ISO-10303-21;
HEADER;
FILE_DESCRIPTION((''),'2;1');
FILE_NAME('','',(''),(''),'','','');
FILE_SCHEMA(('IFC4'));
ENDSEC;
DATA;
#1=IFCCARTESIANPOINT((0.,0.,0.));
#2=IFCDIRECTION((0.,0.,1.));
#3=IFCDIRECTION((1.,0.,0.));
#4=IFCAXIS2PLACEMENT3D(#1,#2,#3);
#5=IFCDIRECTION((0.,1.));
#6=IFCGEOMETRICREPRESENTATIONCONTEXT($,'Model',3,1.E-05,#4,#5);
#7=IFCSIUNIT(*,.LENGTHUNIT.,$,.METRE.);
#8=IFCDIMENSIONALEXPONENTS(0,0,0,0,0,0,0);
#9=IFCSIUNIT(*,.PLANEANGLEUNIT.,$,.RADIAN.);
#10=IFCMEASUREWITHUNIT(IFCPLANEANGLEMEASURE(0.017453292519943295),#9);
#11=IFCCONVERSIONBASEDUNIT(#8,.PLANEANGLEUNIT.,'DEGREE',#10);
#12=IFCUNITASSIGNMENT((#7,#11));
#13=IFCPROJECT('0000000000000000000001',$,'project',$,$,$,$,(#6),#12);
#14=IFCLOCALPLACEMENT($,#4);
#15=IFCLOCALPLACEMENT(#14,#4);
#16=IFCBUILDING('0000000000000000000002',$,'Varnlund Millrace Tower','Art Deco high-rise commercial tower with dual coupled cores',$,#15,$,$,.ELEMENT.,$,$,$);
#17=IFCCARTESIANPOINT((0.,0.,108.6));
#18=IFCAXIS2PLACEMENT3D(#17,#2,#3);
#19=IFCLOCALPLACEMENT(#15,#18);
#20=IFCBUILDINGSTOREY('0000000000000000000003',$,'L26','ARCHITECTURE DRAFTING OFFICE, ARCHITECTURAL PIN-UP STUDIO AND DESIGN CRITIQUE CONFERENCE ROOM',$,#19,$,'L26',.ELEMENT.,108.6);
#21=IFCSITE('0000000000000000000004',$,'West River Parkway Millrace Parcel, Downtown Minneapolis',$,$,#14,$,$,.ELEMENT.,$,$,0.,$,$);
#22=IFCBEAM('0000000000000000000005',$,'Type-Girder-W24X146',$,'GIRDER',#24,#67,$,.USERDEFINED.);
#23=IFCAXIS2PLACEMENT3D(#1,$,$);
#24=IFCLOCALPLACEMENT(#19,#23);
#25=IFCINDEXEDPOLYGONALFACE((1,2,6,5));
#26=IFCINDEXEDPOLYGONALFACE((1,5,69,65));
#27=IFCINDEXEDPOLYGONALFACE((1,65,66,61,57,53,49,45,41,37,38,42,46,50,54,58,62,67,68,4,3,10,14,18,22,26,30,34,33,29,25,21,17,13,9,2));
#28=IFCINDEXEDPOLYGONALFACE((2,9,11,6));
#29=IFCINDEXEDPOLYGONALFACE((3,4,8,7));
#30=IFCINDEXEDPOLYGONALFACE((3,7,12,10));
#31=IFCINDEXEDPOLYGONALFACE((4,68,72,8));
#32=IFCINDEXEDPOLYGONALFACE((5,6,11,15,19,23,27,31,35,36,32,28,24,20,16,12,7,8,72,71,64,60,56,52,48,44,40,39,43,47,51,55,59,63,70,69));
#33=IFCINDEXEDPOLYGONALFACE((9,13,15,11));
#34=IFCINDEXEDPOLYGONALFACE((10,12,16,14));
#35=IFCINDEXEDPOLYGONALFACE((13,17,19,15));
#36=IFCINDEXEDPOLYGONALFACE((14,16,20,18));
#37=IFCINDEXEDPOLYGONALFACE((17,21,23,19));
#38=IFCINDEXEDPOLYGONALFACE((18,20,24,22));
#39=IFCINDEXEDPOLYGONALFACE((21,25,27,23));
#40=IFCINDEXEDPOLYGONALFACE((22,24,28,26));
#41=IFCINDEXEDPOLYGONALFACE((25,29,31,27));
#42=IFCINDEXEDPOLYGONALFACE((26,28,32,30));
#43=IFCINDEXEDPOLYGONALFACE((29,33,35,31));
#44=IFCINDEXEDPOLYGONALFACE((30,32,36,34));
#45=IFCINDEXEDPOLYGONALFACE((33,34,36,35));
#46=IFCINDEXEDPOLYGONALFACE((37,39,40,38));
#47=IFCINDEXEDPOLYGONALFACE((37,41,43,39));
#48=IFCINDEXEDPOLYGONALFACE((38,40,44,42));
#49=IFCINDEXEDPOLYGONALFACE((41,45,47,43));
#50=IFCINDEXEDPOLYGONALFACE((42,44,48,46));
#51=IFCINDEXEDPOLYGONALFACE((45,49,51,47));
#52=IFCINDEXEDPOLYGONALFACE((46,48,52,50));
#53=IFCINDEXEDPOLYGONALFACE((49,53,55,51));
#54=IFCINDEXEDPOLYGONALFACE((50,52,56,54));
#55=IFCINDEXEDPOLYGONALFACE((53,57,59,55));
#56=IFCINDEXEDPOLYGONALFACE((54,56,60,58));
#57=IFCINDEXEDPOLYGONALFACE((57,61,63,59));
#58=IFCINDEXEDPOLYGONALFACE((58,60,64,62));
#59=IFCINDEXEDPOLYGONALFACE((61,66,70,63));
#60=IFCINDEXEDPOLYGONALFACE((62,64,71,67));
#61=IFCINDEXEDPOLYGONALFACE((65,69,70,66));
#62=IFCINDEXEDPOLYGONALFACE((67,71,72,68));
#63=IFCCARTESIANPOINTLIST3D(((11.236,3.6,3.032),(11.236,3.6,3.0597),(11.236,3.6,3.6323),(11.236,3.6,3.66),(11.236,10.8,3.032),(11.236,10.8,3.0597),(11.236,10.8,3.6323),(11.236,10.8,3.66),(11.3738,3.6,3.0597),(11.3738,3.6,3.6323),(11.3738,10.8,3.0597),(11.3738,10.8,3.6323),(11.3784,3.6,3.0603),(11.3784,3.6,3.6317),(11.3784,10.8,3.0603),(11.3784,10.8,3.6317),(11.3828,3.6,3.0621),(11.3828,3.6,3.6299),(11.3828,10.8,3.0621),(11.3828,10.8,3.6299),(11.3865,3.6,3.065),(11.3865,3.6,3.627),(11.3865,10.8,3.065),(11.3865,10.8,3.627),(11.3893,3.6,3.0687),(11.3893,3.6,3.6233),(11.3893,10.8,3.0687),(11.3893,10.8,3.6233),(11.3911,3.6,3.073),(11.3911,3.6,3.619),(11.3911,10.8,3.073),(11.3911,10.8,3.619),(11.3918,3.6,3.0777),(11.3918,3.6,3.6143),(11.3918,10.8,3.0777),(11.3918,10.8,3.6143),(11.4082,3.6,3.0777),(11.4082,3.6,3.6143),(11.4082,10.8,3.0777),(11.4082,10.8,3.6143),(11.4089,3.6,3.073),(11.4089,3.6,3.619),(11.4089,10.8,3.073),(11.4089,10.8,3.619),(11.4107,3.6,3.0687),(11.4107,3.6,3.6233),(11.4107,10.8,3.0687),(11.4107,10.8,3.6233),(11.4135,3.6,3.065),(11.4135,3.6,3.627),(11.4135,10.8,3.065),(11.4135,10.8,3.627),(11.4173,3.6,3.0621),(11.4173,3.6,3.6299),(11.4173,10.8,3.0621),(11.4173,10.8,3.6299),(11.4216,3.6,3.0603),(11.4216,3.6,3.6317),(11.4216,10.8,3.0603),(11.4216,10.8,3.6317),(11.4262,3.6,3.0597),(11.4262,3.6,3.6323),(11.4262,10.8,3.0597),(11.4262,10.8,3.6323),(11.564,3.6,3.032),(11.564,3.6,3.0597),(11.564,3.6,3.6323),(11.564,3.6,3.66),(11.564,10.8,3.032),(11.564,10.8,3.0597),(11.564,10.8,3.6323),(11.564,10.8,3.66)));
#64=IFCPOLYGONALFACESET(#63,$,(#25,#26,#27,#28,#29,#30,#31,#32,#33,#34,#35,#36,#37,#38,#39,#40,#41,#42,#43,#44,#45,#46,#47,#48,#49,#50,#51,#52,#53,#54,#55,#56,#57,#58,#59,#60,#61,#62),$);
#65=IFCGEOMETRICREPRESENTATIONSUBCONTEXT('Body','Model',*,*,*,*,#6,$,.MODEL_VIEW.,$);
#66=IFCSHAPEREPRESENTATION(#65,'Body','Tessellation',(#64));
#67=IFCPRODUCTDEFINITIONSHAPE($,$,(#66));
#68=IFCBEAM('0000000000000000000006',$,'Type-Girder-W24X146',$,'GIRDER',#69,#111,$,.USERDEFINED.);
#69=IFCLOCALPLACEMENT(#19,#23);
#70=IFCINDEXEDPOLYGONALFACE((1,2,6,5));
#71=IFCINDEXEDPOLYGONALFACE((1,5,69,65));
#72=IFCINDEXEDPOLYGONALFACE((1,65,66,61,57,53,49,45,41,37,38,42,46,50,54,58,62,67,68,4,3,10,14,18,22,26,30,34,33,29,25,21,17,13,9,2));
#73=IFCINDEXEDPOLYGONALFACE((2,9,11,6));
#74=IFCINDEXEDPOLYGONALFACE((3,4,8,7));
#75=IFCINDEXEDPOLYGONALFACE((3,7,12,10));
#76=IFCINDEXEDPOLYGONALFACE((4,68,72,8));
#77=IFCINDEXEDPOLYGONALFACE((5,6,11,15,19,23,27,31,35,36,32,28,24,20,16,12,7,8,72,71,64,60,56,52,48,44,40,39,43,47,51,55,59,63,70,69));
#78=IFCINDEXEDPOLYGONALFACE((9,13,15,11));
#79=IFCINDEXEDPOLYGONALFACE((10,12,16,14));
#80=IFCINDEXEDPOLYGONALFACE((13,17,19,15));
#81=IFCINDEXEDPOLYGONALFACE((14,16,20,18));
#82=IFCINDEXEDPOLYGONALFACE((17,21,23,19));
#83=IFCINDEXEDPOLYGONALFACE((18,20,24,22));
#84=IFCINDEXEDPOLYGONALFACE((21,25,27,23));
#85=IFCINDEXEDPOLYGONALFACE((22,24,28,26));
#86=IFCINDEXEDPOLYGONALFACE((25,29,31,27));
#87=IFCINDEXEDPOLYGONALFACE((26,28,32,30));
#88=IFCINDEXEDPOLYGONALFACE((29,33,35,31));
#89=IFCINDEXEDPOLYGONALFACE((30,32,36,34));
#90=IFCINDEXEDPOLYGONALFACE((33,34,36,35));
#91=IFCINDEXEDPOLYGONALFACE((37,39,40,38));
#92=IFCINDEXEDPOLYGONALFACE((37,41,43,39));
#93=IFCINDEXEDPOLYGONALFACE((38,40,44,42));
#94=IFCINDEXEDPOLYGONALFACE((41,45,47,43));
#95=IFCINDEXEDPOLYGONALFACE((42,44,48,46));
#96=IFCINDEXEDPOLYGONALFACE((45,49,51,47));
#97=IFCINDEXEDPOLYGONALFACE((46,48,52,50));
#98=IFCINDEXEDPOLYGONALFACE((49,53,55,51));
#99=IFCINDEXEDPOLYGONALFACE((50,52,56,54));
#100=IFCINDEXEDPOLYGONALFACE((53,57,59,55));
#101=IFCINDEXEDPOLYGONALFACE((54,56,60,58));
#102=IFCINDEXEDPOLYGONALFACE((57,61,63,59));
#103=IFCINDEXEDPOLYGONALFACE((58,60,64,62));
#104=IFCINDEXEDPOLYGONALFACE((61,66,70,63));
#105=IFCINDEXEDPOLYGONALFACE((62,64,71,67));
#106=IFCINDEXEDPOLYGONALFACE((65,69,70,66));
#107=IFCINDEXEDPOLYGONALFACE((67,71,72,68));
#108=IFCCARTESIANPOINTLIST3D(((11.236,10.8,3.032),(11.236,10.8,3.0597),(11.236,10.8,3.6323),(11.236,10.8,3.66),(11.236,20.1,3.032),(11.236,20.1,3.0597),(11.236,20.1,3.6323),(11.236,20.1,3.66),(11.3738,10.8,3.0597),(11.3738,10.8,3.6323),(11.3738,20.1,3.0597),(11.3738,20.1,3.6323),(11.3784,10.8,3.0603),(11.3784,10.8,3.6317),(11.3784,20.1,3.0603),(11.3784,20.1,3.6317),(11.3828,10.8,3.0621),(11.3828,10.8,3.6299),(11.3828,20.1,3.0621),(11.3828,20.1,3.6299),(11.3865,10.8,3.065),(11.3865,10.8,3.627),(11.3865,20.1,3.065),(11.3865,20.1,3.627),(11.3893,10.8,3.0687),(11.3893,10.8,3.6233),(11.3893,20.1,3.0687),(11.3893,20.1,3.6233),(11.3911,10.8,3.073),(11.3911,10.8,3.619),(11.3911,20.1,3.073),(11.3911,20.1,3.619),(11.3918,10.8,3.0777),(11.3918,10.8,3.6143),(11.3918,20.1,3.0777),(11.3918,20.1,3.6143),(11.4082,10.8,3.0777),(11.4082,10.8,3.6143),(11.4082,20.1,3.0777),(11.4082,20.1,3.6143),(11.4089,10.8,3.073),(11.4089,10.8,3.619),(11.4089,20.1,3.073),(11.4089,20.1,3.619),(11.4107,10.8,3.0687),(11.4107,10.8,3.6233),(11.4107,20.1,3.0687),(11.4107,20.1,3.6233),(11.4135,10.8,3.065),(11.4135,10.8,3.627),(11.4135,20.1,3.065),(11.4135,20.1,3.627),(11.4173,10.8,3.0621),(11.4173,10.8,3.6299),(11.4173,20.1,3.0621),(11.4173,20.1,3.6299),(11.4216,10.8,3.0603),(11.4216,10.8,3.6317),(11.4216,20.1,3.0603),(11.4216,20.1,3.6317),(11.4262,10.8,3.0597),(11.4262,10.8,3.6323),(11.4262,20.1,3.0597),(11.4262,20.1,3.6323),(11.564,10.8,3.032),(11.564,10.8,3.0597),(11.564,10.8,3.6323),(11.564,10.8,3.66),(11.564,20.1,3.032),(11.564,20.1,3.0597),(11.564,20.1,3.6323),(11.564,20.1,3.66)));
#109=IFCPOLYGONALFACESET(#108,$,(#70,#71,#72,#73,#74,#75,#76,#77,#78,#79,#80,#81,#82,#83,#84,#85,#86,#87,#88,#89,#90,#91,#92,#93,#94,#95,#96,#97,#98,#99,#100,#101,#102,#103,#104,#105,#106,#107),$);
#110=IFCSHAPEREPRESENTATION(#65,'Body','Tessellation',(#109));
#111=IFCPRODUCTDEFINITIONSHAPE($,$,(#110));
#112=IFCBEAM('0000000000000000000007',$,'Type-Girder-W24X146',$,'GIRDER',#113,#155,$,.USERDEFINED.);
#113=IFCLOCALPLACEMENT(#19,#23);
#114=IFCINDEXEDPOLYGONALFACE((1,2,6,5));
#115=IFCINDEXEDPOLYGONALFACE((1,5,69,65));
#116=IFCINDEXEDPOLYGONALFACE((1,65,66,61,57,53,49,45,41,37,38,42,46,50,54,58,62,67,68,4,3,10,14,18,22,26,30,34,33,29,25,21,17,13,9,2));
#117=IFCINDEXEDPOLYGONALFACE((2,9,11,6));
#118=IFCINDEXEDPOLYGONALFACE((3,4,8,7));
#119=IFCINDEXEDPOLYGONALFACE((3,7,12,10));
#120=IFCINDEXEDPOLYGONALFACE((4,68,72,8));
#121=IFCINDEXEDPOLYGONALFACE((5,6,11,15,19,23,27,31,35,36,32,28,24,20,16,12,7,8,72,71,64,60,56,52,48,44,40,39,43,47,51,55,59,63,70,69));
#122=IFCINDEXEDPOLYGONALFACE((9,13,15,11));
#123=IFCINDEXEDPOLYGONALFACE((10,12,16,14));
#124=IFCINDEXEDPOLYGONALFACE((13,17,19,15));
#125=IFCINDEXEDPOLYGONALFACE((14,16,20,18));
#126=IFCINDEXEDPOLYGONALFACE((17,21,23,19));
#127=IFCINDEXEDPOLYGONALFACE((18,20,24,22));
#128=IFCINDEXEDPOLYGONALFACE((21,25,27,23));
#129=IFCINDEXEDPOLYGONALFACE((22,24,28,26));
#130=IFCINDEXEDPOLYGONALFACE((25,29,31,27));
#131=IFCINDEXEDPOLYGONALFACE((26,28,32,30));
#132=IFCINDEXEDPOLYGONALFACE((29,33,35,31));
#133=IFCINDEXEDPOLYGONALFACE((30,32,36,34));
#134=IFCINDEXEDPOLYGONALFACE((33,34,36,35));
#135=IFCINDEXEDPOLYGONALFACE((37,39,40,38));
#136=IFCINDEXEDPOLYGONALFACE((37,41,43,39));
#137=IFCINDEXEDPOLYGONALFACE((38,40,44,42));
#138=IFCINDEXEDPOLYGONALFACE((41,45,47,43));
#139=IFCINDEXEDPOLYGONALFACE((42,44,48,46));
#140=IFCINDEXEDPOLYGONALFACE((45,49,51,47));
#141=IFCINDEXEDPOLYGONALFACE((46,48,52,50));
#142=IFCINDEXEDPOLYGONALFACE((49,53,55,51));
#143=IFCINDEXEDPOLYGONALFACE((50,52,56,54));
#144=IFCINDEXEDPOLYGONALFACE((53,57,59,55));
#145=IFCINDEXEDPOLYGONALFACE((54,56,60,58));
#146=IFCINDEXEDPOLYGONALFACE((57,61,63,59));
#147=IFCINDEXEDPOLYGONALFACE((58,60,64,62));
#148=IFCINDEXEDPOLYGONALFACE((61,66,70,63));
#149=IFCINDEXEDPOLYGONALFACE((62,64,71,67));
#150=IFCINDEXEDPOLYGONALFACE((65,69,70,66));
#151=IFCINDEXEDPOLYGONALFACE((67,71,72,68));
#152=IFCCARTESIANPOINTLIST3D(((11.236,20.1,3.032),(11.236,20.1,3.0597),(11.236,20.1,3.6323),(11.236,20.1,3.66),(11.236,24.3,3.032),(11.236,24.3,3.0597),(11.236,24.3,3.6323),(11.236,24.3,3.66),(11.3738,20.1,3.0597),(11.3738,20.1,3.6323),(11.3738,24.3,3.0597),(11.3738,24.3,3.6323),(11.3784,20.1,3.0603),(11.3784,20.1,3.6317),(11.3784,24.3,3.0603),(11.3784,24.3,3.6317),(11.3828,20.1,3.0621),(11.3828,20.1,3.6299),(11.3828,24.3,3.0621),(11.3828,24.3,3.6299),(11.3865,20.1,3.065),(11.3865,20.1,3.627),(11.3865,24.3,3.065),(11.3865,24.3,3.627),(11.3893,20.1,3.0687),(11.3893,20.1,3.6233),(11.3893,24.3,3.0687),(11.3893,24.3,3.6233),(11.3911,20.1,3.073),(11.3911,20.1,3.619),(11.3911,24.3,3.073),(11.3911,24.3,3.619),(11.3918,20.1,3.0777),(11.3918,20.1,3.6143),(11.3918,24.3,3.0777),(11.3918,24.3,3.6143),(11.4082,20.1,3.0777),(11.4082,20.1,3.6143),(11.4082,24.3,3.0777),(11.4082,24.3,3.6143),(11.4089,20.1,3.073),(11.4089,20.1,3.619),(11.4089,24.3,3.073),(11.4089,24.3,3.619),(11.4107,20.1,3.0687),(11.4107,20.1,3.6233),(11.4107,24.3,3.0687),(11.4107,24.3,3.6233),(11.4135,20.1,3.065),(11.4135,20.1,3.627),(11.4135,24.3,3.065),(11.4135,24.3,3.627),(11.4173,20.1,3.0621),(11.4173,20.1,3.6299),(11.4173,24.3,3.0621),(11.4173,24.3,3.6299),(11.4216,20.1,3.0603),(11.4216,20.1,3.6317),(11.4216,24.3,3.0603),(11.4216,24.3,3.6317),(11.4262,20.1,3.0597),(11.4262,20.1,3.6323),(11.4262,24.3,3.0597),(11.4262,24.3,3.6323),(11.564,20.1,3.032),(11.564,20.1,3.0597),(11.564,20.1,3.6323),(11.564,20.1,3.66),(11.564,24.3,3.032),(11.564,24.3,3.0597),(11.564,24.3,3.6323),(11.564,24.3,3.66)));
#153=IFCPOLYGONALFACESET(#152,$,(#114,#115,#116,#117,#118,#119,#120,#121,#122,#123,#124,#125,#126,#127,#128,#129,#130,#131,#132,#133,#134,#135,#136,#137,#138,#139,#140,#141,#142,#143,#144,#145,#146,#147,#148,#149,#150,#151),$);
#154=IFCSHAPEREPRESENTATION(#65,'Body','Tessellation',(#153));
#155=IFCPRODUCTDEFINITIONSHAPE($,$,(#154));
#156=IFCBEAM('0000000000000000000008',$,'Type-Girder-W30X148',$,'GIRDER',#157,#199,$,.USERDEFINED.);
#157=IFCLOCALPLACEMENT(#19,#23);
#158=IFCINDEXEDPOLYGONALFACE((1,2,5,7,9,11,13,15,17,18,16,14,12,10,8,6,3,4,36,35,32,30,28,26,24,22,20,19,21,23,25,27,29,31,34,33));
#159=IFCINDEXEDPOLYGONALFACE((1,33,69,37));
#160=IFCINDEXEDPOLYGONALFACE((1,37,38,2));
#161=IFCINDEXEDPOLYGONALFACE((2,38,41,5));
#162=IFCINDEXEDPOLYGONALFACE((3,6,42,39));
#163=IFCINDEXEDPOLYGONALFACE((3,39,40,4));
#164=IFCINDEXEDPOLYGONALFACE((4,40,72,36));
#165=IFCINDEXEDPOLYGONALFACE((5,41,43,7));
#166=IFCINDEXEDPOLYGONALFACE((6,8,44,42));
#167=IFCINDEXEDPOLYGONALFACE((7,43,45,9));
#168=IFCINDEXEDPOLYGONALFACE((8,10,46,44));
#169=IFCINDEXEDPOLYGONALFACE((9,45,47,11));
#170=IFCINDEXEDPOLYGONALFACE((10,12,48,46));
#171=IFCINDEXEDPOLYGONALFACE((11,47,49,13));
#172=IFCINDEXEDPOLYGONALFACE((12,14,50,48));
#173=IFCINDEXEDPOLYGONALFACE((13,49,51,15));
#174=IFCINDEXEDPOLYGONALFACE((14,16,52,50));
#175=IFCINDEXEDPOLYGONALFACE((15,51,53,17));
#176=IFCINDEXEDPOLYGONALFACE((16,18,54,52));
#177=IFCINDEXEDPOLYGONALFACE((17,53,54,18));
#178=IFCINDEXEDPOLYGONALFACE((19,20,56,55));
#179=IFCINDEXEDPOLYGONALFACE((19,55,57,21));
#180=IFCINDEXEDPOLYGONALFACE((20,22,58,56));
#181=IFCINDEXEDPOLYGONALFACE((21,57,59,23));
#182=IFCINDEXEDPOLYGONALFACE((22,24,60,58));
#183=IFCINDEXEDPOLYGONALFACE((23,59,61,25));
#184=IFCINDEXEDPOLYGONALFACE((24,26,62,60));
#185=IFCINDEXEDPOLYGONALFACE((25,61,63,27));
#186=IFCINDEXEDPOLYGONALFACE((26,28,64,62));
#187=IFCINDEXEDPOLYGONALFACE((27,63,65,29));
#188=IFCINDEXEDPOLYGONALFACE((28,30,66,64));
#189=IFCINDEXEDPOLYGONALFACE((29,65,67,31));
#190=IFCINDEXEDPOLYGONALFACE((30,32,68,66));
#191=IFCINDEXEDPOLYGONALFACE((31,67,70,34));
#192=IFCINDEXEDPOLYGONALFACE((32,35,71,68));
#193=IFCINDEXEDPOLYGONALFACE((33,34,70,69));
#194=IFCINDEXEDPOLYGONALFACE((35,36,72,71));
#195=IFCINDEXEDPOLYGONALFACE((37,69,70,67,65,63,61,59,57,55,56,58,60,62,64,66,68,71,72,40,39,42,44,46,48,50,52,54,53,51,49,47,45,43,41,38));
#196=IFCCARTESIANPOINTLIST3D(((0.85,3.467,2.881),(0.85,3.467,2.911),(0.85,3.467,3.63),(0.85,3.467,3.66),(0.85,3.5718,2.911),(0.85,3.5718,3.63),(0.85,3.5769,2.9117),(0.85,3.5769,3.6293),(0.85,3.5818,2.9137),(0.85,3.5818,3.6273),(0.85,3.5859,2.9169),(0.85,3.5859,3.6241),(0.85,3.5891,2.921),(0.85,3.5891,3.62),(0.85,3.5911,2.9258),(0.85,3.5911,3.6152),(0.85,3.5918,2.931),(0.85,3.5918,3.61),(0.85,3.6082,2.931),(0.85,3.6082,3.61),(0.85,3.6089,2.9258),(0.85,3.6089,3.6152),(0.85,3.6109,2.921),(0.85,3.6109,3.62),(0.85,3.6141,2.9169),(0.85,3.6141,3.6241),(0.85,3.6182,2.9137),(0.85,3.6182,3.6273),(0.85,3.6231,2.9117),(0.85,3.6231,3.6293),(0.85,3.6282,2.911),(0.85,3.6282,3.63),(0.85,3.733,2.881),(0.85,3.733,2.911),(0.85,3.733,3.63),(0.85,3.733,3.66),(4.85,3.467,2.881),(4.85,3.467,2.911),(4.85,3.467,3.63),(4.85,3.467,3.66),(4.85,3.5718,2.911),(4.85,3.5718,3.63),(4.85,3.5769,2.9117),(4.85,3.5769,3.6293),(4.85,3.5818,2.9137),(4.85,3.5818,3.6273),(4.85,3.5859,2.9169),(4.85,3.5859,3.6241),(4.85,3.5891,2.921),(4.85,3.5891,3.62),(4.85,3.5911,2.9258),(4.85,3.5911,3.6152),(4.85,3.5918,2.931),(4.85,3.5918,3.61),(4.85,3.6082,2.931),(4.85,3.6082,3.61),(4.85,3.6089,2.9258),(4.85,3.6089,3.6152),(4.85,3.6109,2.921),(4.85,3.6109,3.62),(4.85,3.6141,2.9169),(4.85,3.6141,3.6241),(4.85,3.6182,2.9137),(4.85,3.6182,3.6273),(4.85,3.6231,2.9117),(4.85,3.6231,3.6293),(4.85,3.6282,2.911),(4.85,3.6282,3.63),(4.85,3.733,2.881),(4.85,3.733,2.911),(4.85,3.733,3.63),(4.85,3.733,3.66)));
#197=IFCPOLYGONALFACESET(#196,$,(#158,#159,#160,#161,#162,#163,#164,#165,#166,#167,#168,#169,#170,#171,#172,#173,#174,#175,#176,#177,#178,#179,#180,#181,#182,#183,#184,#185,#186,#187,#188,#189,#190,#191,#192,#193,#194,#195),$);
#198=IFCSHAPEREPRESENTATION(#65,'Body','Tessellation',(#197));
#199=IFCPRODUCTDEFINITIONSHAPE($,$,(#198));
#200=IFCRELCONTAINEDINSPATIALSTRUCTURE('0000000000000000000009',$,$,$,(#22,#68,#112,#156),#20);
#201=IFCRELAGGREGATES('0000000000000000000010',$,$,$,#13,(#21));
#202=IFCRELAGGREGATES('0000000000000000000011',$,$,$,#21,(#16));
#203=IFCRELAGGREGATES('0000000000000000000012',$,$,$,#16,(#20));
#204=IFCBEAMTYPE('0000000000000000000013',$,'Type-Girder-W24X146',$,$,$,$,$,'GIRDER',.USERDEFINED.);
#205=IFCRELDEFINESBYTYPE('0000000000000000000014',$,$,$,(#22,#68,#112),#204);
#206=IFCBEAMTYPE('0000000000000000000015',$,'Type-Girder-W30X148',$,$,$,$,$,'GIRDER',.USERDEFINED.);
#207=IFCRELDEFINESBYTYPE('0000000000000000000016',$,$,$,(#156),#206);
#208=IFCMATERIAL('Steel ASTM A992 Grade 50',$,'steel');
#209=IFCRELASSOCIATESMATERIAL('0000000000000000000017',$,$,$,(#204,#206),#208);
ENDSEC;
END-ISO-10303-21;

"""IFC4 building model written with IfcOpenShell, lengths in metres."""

from ifc_helpers import new_model, entity, si_unit, converted_unit, direction, frame, origin_with_axes, origin_2d_with_axis, place, context, subcontext, project, spatial, i_section, extrude, material, material_profile, profile_set, type_object, element, save


model = new_model("IFC4")

# Units and contexts
model_context = context("Model", 3, precision=1e-05, world=origin_with_axes(), true_north=direction((0.0, 1.0)))
body_context = subcontext(model_context, "Body", "Model", "MODEL_VIEW")
ifc_project = project(units=[si_unit("LENGTHUNIT", "METRE"), converted_unit("PLANEANGLEUNIT", "DEGREE", entity("IfcPlaneAngleMeasure", 0.017453292519943295), si_unit("PLANEANGLEUNIT", "RADIAN"), dimensions=[0, 0, 0, 0, 0, 0, 0])], contexts=[model_context])

# Site, building, storey
site_placement = place(None, origin_with_axes())
site = spatial("IfcSite", under=ifc_project, at=site_placement, Name="West River Parkway Millrace Parcel, Downtown Minneapolis", CompositionType="ELEMENT", RefElevation=0.0)
building_placement = place(site_placement, origin_with_axes())
building = spatial("IfcBuilding", under=site, at=building_placement, Name="Varnlund Millrace Tower", Description="Art Deco high-rise commercial tower with dual coupled cores", CompositionType="ELEMENT")
storey_placement = place(building_placement, frame((0.0, 0.0, 108.6), z_axis=(0.0, 0.0, 1.0), x_axis=(1.0, 0.0, 0.0)))
storey = spatial("IfcBuildingStorey", under=building, at=storey_placement, Name="L26", Description="ARCHITECTURE DRAFTING OFFICE, ARCHITECTURAL PIN-UP STUDIO AND DESIGN CRITIQUE CONFERENCE ROOM", LongName="L26", CompositionType="ELEMENT", Elevation=108.6)

# Beams
ifc_material_1 = material(Name="Steel ASTM A992 Grade 50", Category="steel")
ifc_material_profile_1 = material_profile(ifc_material_1, i_section(OverallWidth=0.328, OverallDepth=0.628, WebThickness=0.0165, FlangeThickness=0.0277, FilletRadius=0.018, at=origin_2d_with_axis()), Name="Steel ASTM A992 Grade 50")
ifc_profile_set_1 = profile_set([ifc_material_profile_1], Name="Steel ASTM A992 Grade 50")
beam_type_1 = type_object("IfcBeamType", Name="Type-Girder-W24X146", ElementType="GIRDER", PredefinedType="USERDEFINED", material=ifc_profile_set_1)
beam_1_placement = place(storey_placement, frame((11.4, 3.6, 3.346), z_axis=(0.0, 1.0, 0.0), x_axis=(-1.0, 0.0, 0.0)))
element("IfcBeam", 1, at=beam_1_placement, inside=storey, type_object=beam_type_1, Name="Type-Girder-W24X146", ObjectType="GIRDER", PredefinedType="USERDEFINED", context=body_context, shape_type="SweptSolid", body=[
    extrude(i_section(OverallWidth=0.328, OverallDepth=0.628, WebThickness=0.0165, FlangeThickness=0.0277, FilletRadius=0.018, at=origin_2d_with_axis()), origin_with_axes(), (0.0, 0.0, 1.0), 7.2),
])
beam_2_placement = place(storey_placement, frame((11.4, 10.8, 3.346), z_axis=(0.0, 1.0, 0.0), x_axis=(-1.0, 0.0, 0.0)))
element("IfcBeam", 2, at=beam_2_placement, inside=storey, type_object=beam_type_1, Name="Type-Girder-W24X146", ObjectType="GIRDER", PredefinedType="USERDEFINED", context=body_context, shape_type="SweptSolid", body=[
    extrude(i_section(OverallWidth=0.328, OverallDepth=0.628, WebThickness=0.0165, FlangeThickness=0.0277, FilletRadius=0.018, at=origin_2d_with_axis()), origin_with_axes(), (0.0, 0.0, 1.0), 9.3),
])
beam_3_placement = place(storey_placement, frame((11.4, 20.1, 3.346), z_axis=(0.0, 1.0, 0.0), x_axis=(-1.0, 0.0, 0.0)))
element("IfcBeam", 3, at=beam_3_placement, inside=storey, type_object=beam_type_1, Name="Type-Girder-W24X146", ObjectType="GIRDER", PredefinedType="USERDEFINED", context=body_context, shape_type="SweptSolid", body=[
    extrude(i_section(OverallWidth=0.328, OverallDepth=0.628, WebThickness=0.0165, FlangeThickness=0.0277, FilletRadius=0.018, at=origin_2d_with_axis()), origin_with_axes(), (0.0, 0.0, 1.0), 4.2),
])
ifc_material_profile_2 = material_profile(ifc_material_1, i_section(OverallWidth=0.266, OverallDepth=0.779, WebThickness=0.0165, FlangeThickness=0.03, FilletRadius=0.02, at=origin_2d_with_axis()), Name="Steel ASTM A992 Grade 50")
ifc_profile_set_2 = profile_set([ifc_material_profile_2], Name="Steel ASTM A992 Grade 50")
beam_type_2 = type_object("IfcBeamType", Name="Type-Girder-W30X148", ElementType="GIRDER", PredefinedType="USERDEFINED", material=ifc_profile_set_2)
beam_4_placement = place(storey_placement, frame((0.85, 3.6, 3.2705), z_axis=(1.0, 0.0, 0.0), x_axis=(0.0, 1.0, 0.0)))
element("IfcBeam", 4, at=beam_4_placement, inside=storey, type_object=beam_type_2, Name="Type-Girder-W30X148", ObjectType="GIRDER", PredefinedType="USERDEFINED", context=body_context, shape_type="SweptSolid", body=[
    extrude(i_section(OverallWidth=0.266, OverallDepth=0.779, WebThickness=0.0165, FlangeThickness=0.03, FilletRadius=0.02, at=origin_2d_with_axis()), origin_with_axes(), (0.0, 0.0, 1.0), 4.0),
])

save(model, "model.ifc")
